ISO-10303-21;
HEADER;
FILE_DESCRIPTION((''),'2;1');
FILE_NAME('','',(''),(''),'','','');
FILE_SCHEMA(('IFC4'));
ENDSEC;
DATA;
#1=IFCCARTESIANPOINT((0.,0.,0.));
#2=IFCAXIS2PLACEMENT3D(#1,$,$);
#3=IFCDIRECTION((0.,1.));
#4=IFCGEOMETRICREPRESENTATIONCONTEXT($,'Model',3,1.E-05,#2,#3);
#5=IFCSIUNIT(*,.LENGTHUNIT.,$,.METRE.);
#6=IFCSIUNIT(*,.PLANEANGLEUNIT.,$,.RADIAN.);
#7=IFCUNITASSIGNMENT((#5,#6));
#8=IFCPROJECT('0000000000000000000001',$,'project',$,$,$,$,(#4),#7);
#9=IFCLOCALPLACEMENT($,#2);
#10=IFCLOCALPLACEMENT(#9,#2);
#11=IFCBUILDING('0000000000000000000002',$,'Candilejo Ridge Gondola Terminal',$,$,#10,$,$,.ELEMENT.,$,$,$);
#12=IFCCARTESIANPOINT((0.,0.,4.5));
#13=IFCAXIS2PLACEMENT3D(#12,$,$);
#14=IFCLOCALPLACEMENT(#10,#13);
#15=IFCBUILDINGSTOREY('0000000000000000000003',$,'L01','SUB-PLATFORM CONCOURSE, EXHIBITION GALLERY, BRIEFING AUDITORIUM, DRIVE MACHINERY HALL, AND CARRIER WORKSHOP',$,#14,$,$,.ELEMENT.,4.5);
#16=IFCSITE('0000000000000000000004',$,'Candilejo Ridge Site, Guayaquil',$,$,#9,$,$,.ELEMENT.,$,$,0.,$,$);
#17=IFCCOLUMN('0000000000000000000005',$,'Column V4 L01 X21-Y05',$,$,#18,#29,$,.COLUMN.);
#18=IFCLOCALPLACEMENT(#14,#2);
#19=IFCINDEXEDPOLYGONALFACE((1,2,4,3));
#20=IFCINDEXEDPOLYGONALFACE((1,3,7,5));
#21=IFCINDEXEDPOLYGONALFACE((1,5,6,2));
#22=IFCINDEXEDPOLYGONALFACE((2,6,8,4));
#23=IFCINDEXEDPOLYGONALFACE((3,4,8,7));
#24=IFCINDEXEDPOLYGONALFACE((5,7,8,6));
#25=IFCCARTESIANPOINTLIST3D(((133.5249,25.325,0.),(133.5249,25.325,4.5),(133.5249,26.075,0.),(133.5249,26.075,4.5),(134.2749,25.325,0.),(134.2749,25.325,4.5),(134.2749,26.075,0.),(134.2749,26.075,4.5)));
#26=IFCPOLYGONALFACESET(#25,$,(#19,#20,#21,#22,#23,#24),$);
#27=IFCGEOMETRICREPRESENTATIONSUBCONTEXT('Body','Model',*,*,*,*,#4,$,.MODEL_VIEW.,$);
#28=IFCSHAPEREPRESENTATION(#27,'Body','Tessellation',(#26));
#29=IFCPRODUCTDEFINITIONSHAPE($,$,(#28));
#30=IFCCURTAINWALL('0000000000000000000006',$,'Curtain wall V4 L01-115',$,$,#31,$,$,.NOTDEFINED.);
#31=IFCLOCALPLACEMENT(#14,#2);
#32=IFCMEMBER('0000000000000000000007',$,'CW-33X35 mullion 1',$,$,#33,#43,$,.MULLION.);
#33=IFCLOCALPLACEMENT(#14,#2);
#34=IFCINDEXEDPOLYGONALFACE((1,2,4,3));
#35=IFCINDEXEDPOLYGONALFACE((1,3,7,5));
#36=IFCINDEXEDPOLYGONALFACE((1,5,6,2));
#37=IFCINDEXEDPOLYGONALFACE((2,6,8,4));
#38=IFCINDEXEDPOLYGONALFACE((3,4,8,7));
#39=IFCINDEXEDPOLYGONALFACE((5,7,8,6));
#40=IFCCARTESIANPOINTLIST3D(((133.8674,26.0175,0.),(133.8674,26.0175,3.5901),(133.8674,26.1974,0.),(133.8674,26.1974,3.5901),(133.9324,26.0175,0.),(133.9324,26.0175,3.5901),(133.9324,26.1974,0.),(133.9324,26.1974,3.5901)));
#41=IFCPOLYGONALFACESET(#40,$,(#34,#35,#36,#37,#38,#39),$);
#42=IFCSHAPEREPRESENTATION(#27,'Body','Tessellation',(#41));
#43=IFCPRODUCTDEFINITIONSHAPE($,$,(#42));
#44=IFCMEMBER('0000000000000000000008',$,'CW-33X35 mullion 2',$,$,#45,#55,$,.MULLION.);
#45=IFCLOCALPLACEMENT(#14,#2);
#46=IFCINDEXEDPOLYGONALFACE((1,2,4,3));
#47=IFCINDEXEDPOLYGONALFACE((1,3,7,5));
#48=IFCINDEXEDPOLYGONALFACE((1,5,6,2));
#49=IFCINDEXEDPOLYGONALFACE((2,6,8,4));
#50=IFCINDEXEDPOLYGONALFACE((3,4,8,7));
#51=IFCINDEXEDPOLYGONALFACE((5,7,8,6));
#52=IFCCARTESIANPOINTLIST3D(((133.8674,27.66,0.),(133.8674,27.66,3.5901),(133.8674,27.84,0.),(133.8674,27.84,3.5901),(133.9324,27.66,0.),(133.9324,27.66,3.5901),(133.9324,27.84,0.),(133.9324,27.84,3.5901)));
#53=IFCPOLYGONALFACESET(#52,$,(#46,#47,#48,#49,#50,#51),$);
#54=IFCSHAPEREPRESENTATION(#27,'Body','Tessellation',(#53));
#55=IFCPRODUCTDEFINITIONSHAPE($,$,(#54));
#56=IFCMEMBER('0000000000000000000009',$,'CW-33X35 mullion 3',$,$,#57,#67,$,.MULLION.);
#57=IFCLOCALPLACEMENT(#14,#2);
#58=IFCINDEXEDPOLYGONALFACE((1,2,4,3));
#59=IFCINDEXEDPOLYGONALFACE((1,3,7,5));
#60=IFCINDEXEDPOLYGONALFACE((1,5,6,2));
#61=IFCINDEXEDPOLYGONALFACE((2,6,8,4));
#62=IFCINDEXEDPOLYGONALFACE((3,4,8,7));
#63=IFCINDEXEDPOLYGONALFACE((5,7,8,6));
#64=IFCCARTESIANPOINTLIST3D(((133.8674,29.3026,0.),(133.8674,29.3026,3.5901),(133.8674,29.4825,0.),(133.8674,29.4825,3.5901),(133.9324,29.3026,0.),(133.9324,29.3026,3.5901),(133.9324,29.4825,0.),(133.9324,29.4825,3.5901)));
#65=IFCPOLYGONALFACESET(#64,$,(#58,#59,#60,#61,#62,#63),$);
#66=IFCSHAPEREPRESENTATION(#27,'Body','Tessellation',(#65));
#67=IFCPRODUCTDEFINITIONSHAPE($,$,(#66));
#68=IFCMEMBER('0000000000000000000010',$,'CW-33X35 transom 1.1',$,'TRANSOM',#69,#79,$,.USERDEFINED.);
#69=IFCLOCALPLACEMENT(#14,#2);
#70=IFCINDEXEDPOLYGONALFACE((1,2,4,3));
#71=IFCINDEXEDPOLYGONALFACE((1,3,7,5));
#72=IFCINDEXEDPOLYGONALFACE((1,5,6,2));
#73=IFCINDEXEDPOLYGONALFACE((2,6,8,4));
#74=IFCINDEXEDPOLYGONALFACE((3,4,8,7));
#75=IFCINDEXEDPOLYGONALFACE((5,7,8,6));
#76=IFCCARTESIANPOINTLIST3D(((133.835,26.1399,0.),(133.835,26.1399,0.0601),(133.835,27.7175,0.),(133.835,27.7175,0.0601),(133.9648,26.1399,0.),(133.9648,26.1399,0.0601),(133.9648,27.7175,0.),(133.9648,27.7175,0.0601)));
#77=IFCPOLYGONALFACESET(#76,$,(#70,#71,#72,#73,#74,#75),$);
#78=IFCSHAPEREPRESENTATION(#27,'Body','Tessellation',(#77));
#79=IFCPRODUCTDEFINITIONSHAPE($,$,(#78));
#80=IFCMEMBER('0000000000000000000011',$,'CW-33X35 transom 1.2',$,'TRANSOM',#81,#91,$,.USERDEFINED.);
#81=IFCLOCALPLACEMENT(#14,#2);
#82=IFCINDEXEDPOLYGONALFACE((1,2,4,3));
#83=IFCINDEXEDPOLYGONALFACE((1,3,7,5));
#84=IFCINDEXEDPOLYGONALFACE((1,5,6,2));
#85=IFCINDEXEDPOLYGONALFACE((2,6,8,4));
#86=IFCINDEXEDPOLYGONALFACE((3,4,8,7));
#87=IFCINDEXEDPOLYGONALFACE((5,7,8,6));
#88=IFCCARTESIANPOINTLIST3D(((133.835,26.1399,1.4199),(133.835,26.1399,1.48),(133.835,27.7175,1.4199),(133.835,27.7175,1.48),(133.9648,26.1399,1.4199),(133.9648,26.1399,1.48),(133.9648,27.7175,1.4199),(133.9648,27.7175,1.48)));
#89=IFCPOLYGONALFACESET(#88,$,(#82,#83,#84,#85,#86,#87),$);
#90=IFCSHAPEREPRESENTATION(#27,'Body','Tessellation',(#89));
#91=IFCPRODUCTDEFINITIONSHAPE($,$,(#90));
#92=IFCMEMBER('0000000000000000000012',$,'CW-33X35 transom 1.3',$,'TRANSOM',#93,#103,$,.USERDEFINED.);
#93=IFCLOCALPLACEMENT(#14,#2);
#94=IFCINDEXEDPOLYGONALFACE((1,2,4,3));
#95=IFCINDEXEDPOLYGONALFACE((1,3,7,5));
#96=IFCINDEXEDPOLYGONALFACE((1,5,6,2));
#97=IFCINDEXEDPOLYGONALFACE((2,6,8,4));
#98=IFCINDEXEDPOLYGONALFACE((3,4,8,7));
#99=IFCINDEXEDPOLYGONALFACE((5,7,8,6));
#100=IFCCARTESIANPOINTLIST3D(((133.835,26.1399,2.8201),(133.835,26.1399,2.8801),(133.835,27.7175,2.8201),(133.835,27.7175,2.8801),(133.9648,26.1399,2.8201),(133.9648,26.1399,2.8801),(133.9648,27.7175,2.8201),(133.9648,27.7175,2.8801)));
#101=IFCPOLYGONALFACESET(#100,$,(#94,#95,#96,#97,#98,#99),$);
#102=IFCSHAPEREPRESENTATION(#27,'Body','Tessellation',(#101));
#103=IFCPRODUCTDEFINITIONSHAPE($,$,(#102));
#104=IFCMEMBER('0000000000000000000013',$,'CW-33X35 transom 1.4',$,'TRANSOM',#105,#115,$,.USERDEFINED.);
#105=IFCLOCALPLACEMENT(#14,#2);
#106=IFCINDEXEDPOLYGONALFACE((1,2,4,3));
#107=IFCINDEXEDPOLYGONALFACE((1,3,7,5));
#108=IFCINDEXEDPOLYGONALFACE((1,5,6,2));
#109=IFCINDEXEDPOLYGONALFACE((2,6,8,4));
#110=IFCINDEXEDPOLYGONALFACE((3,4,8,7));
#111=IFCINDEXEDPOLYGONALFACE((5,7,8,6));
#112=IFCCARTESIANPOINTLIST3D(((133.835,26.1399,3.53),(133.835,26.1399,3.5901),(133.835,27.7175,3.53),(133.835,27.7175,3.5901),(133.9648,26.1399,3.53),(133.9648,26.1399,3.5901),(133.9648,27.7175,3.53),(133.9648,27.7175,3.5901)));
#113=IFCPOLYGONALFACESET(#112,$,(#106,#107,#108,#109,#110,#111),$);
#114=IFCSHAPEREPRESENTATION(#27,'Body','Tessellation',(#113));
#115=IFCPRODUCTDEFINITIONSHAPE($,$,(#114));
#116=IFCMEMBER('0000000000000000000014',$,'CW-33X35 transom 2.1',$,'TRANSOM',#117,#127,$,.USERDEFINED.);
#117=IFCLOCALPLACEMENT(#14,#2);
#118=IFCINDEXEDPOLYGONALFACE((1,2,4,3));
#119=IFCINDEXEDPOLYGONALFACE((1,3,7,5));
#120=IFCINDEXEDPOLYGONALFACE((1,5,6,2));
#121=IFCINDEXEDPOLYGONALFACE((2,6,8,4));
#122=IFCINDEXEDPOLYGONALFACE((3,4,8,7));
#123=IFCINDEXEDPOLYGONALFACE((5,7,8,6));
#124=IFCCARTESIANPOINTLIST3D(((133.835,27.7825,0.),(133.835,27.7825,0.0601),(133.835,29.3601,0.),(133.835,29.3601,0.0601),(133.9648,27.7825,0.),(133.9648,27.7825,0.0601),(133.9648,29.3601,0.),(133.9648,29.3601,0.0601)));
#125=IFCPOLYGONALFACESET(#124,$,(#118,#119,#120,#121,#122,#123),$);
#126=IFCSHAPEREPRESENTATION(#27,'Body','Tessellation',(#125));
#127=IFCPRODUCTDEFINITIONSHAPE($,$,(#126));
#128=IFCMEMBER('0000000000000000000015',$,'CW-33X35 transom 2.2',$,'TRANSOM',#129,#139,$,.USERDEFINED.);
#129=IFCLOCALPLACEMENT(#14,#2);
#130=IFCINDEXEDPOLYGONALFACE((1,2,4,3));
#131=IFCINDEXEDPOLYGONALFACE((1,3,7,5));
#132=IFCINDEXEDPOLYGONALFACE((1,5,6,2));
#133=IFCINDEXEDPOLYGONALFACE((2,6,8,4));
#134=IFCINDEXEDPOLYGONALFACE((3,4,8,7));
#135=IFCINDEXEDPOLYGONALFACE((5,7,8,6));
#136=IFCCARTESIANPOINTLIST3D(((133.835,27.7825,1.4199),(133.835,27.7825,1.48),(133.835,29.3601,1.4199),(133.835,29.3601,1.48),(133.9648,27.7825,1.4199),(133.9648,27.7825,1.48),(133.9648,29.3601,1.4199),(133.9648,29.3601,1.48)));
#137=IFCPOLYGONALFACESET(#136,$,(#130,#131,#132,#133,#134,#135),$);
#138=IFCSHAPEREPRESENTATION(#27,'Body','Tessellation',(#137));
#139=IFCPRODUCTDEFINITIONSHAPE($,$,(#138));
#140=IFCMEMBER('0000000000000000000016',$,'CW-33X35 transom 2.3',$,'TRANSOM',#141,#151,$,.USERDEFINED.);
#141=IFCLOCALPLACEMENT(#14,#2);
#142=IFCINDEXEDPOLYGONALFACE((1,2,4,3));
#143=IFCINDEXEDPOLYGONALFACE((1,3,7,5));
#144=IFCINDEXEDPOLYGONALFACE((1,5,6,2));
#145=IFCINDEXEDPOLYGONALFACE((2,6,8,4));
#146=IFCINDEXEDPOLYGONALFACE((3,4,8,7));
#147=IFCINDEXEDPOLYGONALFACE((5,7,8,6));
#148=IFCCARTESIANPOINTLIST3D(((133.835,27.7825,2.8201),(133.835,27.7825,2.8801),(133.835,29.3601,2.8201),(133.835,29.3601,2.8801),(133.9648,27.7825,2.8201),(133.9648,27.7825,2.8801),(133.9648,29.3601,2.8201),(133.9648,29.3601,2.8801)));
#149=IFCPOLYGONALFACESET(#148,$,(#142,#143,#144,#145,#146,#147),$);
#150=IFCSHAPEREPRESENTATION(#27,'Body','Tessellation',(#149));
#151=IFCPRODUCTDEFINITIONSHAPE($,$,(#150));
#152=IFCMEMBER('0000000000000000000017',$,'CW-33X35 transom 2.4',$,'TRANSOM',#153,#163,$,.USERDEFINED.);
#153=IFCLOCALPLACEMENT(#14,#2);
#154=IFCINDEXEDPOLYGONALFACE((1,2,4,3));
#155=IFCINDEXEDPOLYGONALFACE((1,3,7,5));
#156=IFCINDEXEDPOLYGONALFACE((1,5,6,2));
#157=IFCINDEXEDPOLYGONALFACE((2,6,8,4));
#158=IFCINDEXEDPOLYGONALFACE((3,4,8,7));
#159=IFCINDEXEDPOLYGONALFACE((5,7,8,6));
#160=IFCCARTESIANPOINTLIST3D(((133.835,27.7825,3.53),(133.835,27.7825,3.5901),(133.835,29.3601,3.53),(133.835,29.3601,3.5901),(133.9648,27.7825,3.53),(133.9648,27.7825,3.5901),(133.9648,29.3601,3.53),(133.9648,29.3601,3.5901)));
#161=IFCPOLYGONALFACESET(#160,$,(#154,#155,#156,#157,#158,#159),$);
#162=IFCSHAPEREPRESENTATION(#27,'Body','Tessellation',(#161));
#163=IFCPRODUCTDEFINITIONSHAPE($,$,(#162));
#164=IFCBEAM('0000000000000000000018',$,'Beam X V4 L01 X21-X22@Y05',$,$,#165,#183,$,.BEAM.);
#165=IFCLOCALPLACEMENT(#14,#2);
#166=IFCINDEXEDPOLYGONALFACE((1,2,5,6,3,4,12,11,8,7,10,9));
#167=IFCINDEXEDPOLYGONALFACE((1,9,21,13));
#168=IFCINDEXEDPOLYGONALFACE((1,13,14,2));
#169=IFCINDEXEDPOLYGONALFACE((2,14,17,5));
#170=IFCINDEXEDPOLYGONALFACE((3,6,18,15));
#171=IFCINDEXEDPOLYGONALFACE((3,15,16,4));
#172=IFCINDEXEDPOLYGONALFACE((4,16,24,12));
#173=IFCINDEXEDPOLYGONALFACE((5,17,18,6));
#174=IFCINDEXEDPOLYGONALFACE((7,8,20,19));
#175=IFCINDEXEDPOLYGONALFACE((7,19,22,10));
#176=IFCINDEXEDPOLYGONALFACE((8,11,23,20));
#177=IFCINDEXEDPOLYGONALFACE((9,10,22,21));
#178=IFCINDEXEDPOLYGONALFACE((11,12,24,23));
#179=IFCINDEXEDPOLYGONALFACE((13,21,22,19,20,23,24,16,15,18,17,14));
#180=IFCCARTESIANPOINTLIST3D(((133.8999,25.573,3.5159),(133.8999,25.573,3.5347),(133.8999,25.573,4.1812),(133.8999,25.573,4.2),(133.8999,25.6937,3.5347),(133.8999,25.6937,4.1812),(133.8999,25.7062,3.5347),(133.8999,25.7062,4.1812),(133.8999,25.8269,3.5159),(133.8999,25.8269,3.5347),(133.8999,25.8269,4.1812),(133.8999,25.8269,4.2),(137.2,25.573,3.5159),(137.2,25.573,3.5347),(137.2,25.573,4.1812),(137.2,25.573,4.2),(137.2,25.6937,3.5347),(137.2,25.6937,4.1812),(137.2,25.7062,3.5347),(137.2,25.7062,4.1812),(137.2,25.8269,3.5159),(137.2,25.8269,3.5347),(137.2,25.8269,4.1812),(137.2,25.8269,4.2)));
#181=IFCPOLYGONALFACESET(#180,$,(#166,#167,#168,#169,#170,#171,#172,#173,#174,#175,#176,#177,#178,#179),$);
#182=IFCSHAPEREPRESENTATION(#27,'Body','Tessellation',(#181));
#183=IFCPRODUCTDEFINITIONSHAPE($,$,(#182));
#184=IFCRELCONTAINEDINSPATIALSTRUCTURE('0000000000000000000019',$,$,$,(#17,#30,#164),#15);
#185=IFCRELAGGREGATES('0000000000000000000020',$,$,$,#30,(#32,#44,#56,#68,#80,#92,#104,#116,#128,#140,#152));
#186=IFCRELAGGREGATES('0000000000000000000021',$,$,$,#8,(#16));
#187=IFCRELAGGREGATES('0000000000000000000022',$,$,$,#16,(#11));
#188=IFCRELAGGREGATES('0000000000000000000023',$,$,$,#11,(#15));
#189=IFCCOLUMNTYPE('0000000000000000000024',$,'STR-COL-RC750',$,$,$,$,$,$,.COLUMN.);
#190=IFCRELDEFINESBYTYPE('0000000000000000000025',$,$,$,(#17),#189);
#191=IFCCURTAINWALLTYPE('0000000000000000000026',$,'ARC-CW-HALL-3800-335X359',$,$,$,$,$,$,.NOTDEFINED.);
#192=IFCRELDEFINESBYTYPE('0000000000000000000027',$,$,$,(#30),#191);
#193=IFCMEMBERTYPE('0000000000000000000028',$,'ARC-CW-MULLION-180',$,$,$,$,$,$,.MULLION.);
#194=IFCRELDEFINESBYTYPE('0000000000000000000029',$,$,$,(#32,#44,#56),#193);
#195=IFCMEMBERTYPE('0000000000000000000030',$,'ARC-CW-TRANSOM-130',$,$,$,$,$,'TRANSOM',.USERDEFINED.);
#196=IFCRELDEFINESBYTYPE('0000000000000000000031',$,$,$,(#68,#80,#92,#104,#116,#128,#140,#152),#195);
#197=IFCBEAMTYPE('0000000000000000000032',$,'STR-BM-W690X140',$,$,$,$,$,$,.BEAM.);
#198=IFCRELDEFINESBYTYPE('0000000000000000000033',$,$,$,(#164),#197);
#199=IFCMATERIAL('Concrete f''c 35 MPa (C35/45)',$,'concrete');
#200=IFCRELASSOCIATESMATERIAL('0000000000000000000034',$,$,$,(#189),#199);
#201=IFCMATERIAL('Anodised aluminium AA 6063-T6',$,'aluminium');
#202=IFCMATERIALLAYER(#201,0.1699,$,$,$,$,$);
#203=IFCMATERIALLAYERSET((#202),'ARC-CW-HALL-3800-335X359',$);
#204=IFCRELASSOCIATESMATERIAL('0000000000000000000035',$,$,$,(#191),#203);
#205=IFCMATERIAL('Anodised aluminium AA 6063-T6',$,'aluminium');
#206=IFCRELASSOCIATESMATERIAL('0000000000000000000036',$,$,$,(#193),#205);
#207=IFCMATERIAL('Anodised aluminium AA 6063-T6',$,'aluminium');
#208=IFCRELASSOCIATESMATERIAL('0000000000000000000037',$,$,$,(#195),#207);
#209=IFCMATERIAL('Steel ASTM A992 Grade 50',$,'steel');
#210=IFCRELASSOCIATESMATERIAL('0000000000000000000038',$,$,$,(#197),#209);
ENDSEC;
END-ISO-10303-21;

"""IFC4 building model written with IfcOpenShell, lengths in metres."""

from ifc_helpers import new_model, si_unit, direction, frame, origin, origin_2d, place, context, subcontext, project, spatial, rectangle, i_section, extrude, material, layer, layer_set, material_profile, profile_set, type_object, element, aggregate, save


model = new_model("IFC4")

# Units and contexts
model_context = context("Model", 3, precision=1e-05, world=origin(), true_north=direction((0.0, 1.0)))
body_context = subcontext(model_context, "Body", "Model", "MODEL_VIEW")
ifc_project = project(units=[si_unit("LENGTHUNIT", "METRE"), si_unit("PLANEANGLEUNIT", "RADIAN")], contexts=[model_context])

# Site, building, storey
site_placement = place(None, origin())
site = spatial("IfcSite", under=ifc_project, at=site_placement, Name="Candilejo Ridge Site, Guayaquil", CompositionType="ELEMENT", RefElevation=0.0)
building_placement = place(site_placement, origin())
building = spatial("IfcBuilding", under=site, at=building_placement, Name="Candilejo Ridge Gondola Terminal", CompositionType="ELEMENT")
storey_placement = place(building_placement, frame((0.0, 0.0, 4.5)))
storey = spatial("IfcBuildingStorey", under=building, at=storey_placement, Name="L01", Description="SUB-PLATFORM CONCOURSE, EXHIBITION GALLERY, BRIEFING AUDITORIUM, DRIVE MACHINERY HALL, AND CARRIER WORKSHOP", CompositionType="ELEMENT", Elevation=4.5)

# Column
ifc_material_1 = material(Name="Concrete f'c 35 MPa (C35/45)", Category="concrete")
ifc_material_profile_1 = material_profile(ifc_material_1, rectangle(XDim=0.75, YDim=0.75, at=origin_2d()))
ifc_profile_set_1 = profile_set([ifc_material_profile_1], Name="Concrete f'c 35 MPa (C35/45)")
column_type = type_object("IfcColumnType", Name="STR-COL-RC750", PredefinedType="COLUMN", material=ifc_profile_set_1)
column_placement = place(storey_placement, frame((133.8999, 25.7, 0.0), z_axis=(0.0, 0.0, 1.0), x_axis=(1.0, 0.0, 0.0)))
element("IfcColumn", 1, at=column_placement, inside=storey, type_object=column_type, Name="Column V4 L01 X21-Y05", PredefinedType="COLUMN", context=body_context, shape_type="SweptSolid", body=[
    extrude(rectangle(XDim=0.75, YDim=0.75, at=origin_2d()), origin(), (0.0, 0.0, 1.0), 4.5),
])

# Curtain wall, members
ifc_material_2 = material(Name="Anodised aluminium AA 6063-T6", Category="aluminium")
ifc_layer_1 = layer(ifc_material_2, 0.1699)
ifc_layer_set_1 = layer_set([ifc_layer_1], Name="ARC-CW-HALL-3800-335X359")
curtain_wall_type = type_object("IfcCurtainWallType", Name="ARC-CW-HALL-3800-335X359", PredefinedType="NOTDEFINED", material=ifc_layer_set_1)
curtain_wall_placement = place(storey_placement, origin())
curtain_wall = element("IfcCurtainWall", 2, at=curtain_wall_placement, inside=storey, type_object=curtain_wall_type, Name="Curtain wall V4 L01-115", PredefinedType="NOTDEFINED")
ifc_material_3 = material(Name="Anodised aluminium AA 6063-T6", Category="aluminium")
ifc_material_profile_2 = material_profile(ifc_material_3, rectangle(XDim=0.0649, YDim=0.1799, at=origin_2d()))
ifc_profile_set_2 = profile_set([ifc_material_profile_2], Name="Anodised aluminium AA 6063-T6")
member_type_1 = type_object("IfcMemberType", Name="ARC-CW-MULLION-180", PredefinedType="MULLION", material=ifc_profile_set_2)
member_1_placement = place(storey_placement, frame((133.8999, 26.1074, 0.0), z_axis=(0.0, 0.0, 1.0), x_axis=(-1.0, 0.0, 0.0)))
member_1 = element("IfcMember", 3, at=member_1_placement, type_object=member_type_1, Name="CW-33X35 mullion 1", PredefinedType="MULLION", context=body_context, shape_type="SweptSolid", body=[
    extrude(rectangle(XDim=0.0649, YDim=0.1799, at=origin_2d()), origin(), (0.0, 0.0, 1.0), 3.5901),
])
member_2_placement = place(storey_placement, frame((133.8999, 27.75, 0.0), z_axis=(0.0, 0.0, 1.0), x_axis=(-1.0, 0.0, 0.0)))
member_2 = element("IfcMember", 4, at=member_2_placement, type_object=member_type_1, Name="CW-33X35 mullion 2", PredefinedType="MULLION", context=body_context, shape_type="SweptSolid", body=[
    extrude(rectangle(XDim=0.0649, YDim=0.1799, at=origin_2d()), origin(), (0.0, 0.0, 1.0), 3.5901),
])
member_3_placement = place(storey_placement, frame((133.8999, 29.3926, 0.0), z_axis=(0.0, 0.0, 1.0), x_axis=(-1.0, 0.0, 0.0)))
member_3 = element("IfcMember", 5, at=member_3_placement, type_object=member_type_1, Name="CW-33X35 mullion 3", PredefinedType="MULLION", context=body_context, shape_type="SweptSolid", body=[
    extrude(rectangle(XDim=0.0649, YDim=0.1799, at=origin_2d()), origin(), (0.0, 0.0, 1.0), 3.5901),
])
ifc_material_4 = material(Name="Anodised aluminium AA 6063-T6", Category="aluminium")
ifc_material_profile_3 = material_profile(ifc_material_4, rectangle(XDim=0.1299, YDim=0.0601, at=origin_2d()))
ifc_profile_set_3 = profile_set([ifc_material_profile_3], Name="Anodised aluminium AA 6063-T6")
member_type_2 = type_object("IfcMemberType", Name="ARC-CW-TRANSOM-130", ElementType="TRANSOM", PredefinedType="USERDEFINED", material=ifc_profile_set_3)
member_4_placement = place(storey_placement, frame((133.8999, 26.1399, 0.03), z_axis=(0.0, 1.0, 0.0), x_axis=(-1.0, 0.0, 0.0)))
member_4 = element("IfcMember", 6, at=member_4_placement, type_object=member_type_2, Name="CW-33X35 transom 1.1", ObjectType="TRANSOM", PredefinedType="USERDEFINED", context=body_context, shape_type="SweptSolid", body=[
    extrude(rectangle(XDim=0.1299, YDim=0.0601, at=origin_2d()), origin(), (0.0, 0.0, 1.0), 1.5776),
])
member_5_placement = place(storey_placement, frame((133.8999, 26.1399, 1.45), z_axis=(0.0, 1.0, 0.0), x_axis=(-1.0, 0.0, 0.0)))
member_5 = element("IfcMember", 7, at=member_5_placement, type_object=member_type_2, Name="CW-33X35 transom 1.2", ObjectType="TRANSOM", PredefinedType="USERDEFINED", context=body_context, shape_type="SweptSolid", body=[
    extrude(rectangle(XDim=0.1299, YDim=0.0601, at=origin_2d()), origin(), (0.0, 0.0, 1.0), 1.5776),
])
member_6_placement = place(storey_placement, frame((133.8999, 26.1399, 2.8501), z_axis=(0.0, 1.0, 0.0), x_axis=(-1.0, 0.0, 0.0)))
member_6 = element("IfcMember", 8, at=member_6_placement, type_object=member_type_2, Name="CW-33X35 transom 1.3", ObjectType="TRANSOM", PredefinedType="USERDEFINED", context=body_context, shape_type="SweptSolid", body=[
    extrude(rectangle(XDim=0.1299, YDim=0.0601, at=origin_2d()), origin(), (0.0, 0.0, 1.0), 1.5776),
])
member_7_placement = place(storey_placement, frame((133.8999, 26.1399, 3.5601), z_axis=(0.0, 1.0, 0.0), x_axis=(-1.0, 0.0, 0.0)))
member_7 = element("IfcMember", 9, at=member_7_placement, type_object=member_type_2, Name="CW-33X35 transom 1.4", ObjectType="TRANSOM", PredefinedType="USERDEFINED", context=body_context, shape_type="SweptSolid", body=[
    extrude(rectangle(XDim=0.1299, YDim=0.0601, at=origin_2d()), origin(), (0.0, 0.0, 1.0), 1.5776),
])
member_8_placement = place(storey_placement, frame((133.8999, 27.7825, 0.03), z_axis=(0.0, 1.0, 0.0), x_axis=(-1.0, 0.0, 0.0)))
member_8 = element("IfcMember", 10, at=member_8_placement, type_object=member_type_2, Name="CW-33X35 transom 2.1", ObjectType="TRANSOM", PredefinedType="USERDEFINED", context=body_context, shape_type="SweptSolid", body=[
    extrude(rectangle(XDim=0.1299, YDim=0.0601, at=origin_2d()), origin(), (0.0, 0.0, 1.0), 1.5776),
])
member_9_placement = place(storey_placement, frame((133.8999, 27.7825, 1.45), z_axis=(0.0, 1.0, 0.0), x_axis=(-1.0, 0.0, 0.0)))
member_9 = element("IfcMember", 11, at=member_9_placement, type_object=member_type_2, Name="CW-33X35 transom 2.2", ObjectType="TRANSOM", PredefinedType="USERDEFINED", context=body_context, shape_type="SweptSolid", body=[
    extrude(rectangle(XDim=0.1299, YDim=0.0601, at=origin_2d()), origin(), (0.0, 0.0, 1.0), 1.5776),
])
member_10_placement = place(storey_placement, frame((133.8999, 27.7825, 2.8501), z_axis=(0.0, 1.0, 0.0), x_axis=(-1.0, 0.0, 0.0)))
member_10 = element("IfcMember", 12, at=member_10_placement, type_object=member_type_2, Name="CW-33X35 transom 2.3", ObjectType="TRANSOM", PredefinedType="USERDEFINED", context=body_context, shape_type="SweptSolid", body=[
    extrude(rectangle(XDim=0.1299, YDim=0.0601, at=origin_2d()), origin(), (0.0, 0.0, 1.0), 1.5776),
])
member_11_placement = place(storey_placement, frame((133.8999, 27.7825, 3.5601), z_axis=(0.0, 1.0, 0.0), x_axis=(-1.0, 0.0, 0.0)))
member_11 = element("IfcMember", 13, at=member_11_placement, type_object=member_type_2, Name="CW-33X35 transom 2.4", ObjectType="TRANSOM", PredefinedType="USERDEFINED", context=body_context, shape_type="SweptSolid", body=[
    extrude(rectangle(XDim=0.1299, YDim=0.0601, at=origin_2d()), origin(), (0.0, 0.0, 1.0), 1.5776),
])

# Beam
ifc_material_5 = material(Name="Steel ASTM A992 Grade 50", Category="steel")
ifc_material_profile_4 = material_profile(ifc_material_5, i_section(OverallWidth=0.2539, OverallDepth=0.6841, WebThickness=0.0125, FlangeThickness=0.0188, at=origin_2d()))
ifc_profile_set_4 = profile_set([ifc_material_profile_4], Name="Steel ASTM A992 Grade 50")
beam_type_1 = type_object("IfcBeamType", Name="STR-BM-W690X140", PredefinedType="BEAM", material=ifc_profile_set_4)
beam_placement = place(storey_placement, frame((133.8999, 25.7, 3.8579), z_axis=(1.0, 0.0, 0.0), x_axis=(0.0, 1.0, 0.0)))
element("IfcBeam", 14, at=beam_placement, inside=storey, type_object=beam_type_1, Name="Beam X V4 L01 X21-X22@Y05", PredefinedType="BEAM", context=body_context, shape_type="SweptSolid", body=[
    extrude(i_section(OverallWidth=0.2539, OverallDepth=0.6841, WebThickness=0.0125, FlangeThickness=0.0188, at=origin_2d()), origin(), (0.0, 0.0, 1.0), 3.3),
])

aggregate(curtain_wall, [member_1, member_2, member_3, member_4, member_5, member_6, member_7, member_8, member_9, member_10, member_11])

save(model, "model.ifc")
